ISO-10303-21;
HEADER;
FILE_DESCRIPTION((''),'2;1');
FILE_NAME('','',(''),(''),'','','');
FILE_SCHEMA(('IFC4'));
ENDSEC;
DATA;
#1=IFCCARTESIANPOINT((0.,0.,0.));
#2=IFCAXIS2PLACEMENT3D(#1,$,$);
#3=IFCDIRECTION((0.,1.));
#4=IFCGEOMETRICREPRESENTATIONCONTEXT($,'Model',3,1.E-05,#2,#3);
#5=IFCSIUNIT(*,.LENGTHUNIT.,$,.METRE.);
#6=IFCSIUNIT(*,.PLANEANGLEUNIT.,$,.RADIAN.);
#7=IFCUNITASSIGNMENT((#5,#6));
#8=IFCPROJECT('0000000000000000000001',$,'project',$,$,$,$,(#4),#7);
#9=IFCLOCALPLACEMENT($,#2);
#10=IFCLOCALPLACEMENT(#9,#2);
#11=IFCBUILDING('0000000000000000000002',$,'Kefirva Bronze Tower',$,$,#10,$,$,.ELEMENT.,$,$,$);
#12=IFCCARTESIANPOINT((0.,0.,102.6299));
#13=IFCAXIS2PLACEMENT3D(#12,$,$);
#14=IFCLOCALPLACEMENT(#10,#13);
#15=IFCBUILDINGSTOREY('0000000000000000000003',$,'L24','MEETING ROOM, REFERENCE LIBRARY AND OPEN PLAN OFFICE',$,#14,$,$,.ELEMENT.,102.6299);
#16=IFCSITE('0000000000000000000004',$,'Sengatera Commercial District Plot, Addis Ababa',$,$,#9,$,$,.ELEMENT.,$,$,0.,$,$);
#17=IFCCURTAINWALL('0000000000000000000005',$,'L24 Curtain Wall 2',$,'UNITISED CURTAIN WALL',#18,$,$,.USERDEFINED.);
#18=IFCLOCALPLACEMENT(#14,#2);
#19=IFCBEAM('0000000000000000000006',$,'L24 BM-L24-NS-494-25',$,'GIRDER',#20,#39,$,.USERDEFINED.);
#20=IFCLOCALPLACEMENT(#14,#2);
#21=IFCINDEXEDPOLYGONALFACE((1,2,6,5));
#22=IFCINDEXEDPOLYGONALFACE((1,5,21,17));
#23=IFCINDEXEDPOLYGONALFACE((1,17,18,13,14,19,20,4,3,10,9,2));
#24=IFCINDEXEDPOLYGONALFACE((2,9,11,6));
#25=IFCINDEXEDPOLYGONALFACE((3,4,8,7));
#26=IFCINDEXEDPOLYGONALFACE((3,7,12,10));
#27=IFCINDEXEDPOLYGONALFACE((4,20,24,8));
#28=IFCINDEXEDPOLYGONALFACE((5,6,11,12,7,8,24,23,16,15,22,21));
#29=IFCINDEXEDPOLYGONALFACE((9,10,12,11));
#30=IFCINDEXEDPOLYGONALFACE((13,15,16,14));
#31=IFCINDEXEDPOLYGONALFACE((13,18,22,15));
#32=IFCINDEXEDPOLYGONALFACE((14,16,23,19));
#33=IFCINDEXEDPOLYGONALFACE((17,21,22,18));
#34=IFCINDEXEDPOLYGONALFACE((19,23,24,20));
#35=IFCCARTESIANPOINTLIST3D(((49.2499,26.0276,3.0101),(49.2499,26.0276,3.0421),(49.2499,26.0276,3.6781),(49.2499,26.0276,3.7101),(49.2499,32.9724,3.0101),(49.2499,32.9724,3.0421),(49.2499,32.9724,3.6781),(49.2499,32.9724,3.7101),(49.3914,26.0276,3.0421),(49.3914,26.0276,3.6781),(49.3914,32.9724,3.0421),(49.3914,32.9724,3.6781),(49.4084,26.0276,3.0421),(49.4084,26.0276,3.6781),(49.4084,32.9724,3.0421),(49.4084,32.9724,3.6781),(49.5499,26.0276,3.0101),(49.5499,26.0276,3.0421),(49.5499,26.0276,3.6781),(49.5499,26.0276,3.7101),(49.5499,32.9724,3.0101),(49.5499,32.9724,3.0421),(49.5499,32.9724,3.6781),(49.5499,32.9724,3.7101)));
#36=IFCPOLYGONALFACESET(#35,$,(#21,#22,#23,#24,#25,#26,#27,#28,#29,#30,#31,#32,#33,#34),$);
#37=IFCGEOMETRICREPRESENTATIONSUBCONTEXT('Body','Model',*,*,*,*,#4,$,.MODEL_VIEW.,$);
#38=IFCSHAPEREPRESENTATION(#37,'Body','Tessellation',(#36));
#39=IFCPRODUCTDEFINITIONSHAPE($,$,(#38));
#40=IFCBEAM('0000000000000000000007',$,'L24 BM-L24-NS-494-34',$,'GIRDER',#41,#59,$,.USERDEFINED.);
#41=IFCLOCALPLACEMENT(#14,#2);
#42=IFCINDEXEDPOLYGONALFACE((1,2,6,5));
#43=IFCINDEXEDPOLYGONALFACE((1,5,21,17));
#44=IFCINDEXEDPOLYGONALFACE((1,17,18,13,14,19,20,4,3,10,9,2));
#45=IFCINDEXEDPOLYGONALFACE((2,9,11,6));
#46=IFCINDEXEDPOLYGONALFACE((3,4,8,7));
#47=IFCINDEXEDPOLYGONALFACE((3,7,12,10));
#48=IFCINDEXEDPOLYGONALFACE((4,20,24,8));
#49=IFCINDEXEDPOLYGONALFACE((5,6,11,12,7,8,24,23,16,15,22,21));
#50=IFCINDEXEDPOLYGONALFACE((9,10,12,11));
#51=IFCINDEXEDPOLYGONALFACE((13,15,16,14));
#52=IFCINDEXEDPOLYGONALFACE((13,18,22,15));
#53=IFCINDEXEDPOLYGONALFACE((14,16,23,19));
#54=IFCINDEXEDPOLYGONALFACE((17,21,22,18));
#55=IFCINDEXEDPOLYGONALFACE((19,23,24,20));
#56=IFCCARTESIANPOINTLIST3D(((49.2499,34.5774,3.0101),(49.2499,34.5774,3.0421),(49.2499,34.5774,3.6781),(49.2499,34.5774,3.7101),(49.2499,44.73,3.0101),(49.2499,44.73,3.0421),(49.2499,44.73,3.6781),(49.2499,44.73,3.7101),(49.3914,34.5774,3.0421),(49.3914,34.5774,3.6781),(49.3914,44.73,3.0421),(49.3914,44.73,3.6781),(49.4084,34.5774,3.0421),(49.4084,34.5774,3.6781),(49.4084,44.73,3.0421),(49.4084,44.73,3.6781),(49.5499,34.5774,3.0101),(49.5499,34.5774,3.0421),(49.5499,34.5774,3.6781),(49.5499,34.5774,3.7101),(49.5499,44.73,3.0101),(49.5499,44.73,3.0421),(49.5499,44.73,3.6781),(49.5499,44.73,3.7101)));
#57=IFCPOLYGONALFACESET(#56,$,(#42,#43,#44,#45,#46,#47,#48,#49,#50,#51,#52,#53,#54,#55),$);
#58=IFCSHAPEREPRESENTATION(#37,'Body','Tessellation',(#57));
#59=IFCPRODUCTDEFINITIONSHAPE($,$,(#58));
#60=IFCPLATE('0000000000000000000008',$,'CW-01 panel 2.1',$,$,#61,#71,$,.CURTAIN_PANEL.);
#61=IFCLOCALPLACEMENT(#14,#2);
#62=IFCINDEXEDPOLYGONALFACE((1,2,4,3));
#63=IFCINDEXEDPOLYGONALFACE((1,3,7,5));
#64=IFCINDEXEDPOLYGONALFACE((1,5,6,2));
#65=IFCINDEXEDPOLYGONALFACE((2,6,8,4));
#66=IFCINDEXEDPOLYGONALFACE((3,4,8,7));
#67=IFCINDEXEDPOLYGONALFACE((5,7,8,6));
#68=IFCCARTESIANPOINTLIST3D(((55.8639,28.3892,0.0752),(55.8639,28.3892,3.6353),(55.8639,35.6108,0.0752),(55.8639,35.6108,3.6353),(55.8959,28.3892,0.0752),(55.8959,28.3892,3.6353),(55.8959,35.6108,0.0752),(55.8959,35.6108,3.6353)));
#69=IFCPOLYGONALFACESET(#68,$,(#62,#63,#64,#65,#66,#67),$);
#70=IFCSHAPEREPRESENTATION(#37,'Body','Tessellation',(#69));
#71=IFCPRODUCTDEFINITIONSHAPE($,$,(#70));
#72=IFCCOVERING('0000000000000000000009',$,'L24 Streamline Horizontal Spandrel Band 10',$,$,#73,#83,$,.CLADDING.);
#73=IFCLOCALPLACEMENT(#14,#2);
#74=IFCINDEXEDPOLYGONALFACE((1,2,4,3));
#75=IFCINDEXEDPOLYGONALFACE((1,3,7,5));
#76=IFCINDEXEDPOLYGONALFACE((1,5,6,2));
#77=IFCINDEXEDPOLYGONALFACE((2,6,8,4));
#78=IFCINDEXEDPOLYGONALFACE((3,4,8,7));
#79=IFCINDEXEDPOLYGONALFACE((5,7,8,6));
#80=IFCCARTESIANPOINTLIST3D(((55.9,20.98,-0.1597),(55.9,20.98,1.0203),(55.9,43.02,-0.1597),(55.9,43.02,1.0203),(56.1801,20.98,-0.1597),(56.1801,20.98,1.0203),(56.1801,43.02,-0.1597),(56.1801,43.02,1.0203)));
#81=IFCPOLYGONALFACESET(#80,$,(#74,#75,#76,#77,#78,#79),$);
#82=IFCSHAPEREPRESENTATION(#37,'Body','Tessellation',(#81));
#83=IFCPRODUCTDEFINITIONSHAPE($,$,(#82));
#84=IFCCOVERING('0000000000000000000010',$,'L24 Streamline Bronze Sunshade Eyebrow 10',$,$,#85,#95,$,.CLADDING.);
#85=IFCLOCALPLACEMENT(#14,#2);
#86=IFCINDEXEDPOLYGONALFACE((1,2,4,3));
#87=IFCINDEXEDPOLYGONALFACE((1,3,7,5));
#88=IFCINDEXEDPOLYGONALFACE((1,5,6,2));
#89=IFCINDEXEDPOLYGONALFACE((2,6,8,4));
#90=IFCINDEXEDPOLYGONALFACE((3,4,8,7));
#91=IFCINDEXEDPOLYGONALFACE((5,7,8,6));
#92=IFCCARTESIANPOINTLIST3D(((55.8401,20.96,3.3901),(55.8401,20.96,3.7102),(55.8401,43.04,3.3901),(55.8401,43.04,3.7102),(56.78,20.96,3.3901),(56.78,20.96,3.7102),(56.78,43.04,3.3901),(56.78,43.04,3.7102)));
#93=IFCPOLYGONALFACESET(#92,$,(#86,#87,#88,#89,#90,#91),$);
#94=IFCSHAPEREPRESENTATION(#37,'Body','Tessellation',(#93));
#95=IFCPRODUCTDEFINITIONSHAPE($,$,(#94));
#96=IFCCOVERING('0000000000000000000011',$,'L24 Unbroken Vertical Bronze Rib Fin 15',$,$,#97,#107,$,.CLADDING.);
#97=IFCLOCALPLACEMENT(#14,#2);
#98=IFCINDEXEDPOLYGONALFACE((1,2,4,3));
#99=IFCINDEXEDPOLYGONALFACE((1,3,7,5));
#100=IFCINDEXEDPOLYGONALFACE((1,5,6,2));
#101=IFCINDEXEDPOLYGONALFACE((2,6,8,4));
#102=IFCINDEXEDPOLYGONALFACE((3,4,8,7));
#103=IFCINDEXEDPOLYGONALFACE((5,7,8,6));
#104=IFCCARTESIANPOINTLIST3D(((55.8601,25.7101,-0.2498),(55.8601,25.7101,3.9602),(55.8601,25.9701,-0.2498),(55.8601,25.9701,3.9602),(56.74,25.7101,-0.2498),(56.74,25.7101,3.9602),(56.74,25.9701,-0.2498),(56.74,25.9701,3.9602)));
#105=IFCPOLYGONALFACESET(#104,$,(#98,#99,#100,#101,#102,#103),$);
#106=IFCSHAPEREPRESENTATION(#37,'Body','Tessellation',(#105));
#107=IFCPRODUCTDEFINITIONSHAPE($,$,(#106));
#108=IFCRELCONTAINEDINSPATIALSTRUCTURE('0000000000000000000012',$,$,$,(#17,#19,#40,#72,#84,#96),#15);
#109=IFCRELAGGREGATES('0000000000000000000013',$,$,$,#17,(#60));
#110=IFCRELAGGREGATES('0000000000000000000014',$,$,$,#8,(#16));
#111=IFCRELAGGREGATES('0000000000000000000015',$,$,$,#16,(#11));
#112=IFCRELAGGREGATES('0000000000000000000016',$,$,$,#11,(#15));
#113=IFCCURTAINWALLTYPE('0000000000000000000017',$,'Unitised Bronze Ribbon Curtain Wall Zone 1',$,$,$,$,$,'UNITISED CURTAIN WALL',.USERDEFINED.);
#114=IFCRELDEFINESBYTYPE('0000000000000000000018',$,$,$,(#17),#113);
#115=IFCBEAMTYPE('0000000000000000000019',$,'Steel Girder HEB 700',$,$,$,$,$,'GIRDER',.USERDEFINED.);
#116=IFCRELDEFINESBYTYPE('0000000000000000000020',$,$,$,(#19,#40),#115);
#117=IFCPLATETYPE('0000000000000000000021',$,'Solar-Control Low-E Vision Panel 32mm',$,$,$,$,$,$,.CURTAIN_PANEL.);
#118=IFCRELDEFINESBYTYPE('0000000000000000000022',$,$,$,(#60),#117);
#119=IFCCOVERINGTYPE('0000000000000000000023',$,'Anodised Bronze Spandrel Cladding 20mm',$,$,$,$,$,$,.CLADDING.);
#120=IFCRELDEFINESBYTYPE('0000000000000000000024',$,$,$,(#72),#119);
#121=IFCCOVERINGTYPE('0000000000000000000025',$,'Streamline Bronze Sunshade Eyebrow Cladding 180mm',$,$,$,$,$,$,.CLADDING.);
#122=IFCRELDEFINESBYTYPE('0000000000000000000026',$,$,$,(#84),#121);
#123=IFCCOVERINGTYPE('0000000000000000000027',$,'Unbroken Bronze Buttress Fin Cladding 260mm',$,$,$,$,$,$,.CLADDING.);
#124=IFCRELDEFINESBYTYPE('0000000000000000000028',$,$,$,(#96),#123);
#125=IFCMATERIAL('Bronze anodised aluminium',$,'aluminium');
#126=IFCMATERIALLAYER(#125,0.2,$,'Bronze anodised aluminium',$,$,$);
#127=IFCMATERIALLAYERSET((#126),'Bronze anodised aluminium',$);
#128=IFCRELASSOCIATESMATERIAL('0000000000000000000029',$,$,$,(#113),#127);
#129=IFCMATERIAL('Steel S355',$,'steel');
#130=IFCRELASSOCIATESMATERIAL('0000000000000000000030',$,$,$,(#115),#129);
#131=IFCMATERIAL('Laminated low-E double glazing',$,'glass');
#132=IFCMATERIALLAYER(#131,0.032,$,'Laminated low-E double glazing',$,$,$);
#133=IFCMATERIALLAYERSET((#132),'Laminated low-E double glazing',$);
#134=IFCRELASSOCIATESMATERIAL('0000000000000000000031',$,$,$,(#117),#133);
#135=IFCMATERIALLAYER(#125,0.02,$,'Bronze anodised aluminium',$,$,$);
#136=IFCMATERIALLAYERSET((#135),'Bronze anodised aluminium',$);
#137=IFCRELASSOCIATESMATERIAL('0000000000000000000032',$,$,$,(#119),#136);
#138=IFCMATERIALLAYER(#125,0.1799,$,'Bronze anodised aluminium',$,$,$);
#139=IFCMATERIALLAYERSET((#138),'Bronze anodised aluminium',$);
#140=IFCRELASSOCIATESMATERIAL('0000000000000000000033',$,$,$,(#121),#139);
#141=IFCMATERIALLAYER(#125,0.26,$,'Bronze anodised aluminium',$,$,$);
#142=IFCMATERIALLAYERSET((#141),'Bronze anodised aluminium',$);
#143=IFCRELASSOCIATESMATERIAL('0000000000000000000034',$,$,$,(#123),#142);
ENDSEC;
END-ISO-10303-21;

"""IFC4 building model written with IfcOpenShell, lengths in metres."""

from ifc_helpers import new_model, si_unit, direction, frame, origin, origin_2d, place, context, subcontext, project, spatial, rectangle, i_section, extrude, material, layer, layer_set, material_profile, profile_set, type_object, element, aggregate, save


model = new_model("IFC4")

# Units and contexts
model_context = context("Model", 3, precision=1e-05, world=origin(), true_north=direction((0.0, 1.0)))
body_context = subcontext(model_context, "Body", "Model", "MODEL_VIEW")
ifc_project = project(units=[si_unit("LENGTHUNIT", "METRE"), si_unit("PLANEANGLEUNIT", "RADIAN")], contexts=[model_context])

# Site, building, storey
site_placement = place(None, origin())
site = spatial("IfcSite", under=ifc_project, at=site_placement, Name="Sengatera Commercial District Plot, Addis Ababa", CompositionType="ELEMENT", RefElevation=0.0)
building_placement = place(site_placement, origin())
building = spatial("IfcBuilding", under=site, at=building_placement, Name="Kefirva Bronze Tower", CompositionType="ELEMENT")
storey_placement = place(building_placement, frame((0.0, 0.0, 102.6299)))
storey = spatial("IfcBuildingStorey", under=building, at=storey_placement, Name="L24", Description="MEETING ROOM, REFERENCE LIBRARY AND OPEN PLAN OFFICE", CompositionType="ELEMENT", Elevation=102.6299)

# Curtain wall
ifc_material_1 = material(Name="Bronze anodised aluminium", Category="aluminium")
ifc_layer_1 = layer(ifc_material_1, 0.2, Name="Bronze anodised aluminium")
ifc_layer_set_1 = layer_set([ifc_layer_1], Name="Bronze anodised aluminium")
curtain_wall_type = type_object("IfcCurtainWallType", Name="Unitised Bronze Ribbon Curtain Wall Zone 1", ElementType="UNITISED CURTAIN WALL", PredefinedType="USERDEFINED", material=ifc_layer_set_1)
curtain_wall_placement = place(storey_placement, origin())
curtain_wall = element("IfcCurtainWall", 1, at=curtain_wall_placement, inside=storey, type_object=curtain_wall_type, Name="L24 Curtain Wall 2", ObjectType="UNITISED CURTAIN WALL", PredefinedType="USERDEFINED")

# Beams
ifc_material_2 = material(Name="Steel S355", Category="steel")
ifc_material_profile_1 = material_profile(ifc_material_2, i_section(OverallWidth=0.3, OverallDepth=0.7, WebThickness=0.0171, FlangeThickness=0.032, at=origin_2d()), Name="HEB 700")
ifc_profile_set_1 = profile_set([ifc_material_profile_1], Name="Steel S355")
beam_type_1 = type_object("IfcBeamType", Name="Steel Girder HEB 700", ElementType="GIRDER", PredefinedType="USERDEFINED", material=ifc_profile_set_1)
beam_1_placement = place(storey_placement, frame((49.3999, 26.0276, 3.3601), z_axis=(0.0, 1.0, 0.0), x_axis=(-1.0, 0.0, 0.0)))
element("IfcBeam", 2, at=beam_1_placement, inside=storey, type_object=beam_type_1, Name="L24 BM-L24-NS-494-25", ObjectType="GIRDER", PredefinedType="USERDEFINED", context=body_context, shape_type="SweptSolid", body=[
    extrude(i_section(OverallWidth=0.3, OverallDepth=0.7, WebThickness=0.0171, FlangeThickness=0.032, at=origin_2d()), origin(), (0.0, 0.0, 1.0), 6.9448),
])
beam_2_placement = place(storey_placement, frame((49.3999, 34.5774, 3.3601), z_axis=(0.0, 1.0, 0.0), x_axis=(-1.0, 0.0, 0.0)))
element("IfcBeam", 3, at=beam_2_placement, inside=storey, type_object=beam_type_1, Name="L24 BM-L24-NS-494-34", ObjectType="GIRDER", PredefinedType="USERDEFINED", context=body_context, shape_type="SweptSolid", body=[
    extrude(i_section(OverallWidth=0.3, OverallDepth=0.7, WebThickness=0.0171, FlangeThickness=0.032, at=origin_2d()), origin(), (0.0, 0.0, 1.0), 10.1526),
])

# Plate
ifc_material_3 = material(Name="Laminated low-E double glazing", Category="glass")
ifc_layer_2 = layer(ifc_material_3, 0.032, Name="Laminated low-E double glazing")
ifc_layer_set_2 = layer_set([ifc_layer_2], Name="Laminated low-E double glazing")
plate_type = type_object("IfcPlateType", Name="Solar-Control Low-E Vision Panel 32mm", PredefinedType="CURTAIN_PANEL", material=ifc_layer_set_2)
plate_placement = place(storey_placement, frame((55.8799, 32.0, 0.0752), z_axis=(0.0, 0.0, 1.0), x_axis=(0.0, 1.0, 0.0)))
plate = element("IfcPlate", 4, at=plate_placement, type_object=plate_type, Name="CW-01 panel 2.1", PredefinedType="CURTAIN_PANEL", context=body_context, shape_type="SweptSolid", body=[
    extrude(rectangle(XDim=7.2217, YDim=0.032, at=origin_2d()), origin(), (0.0, 0.0, 1.0), 3.5601),
])
aggregate(curtain_wall, [plate])

# Coverings
ifc_layer_3 = layer(ifc_material_1, 0.02, Name="Bronze anodised aluminium")
ifc_layer_set_3 = layer_set([ifc_layer_3], Name="Bronze anodised aluminium")
covering_type_1 = type_object("IfcCoveringType", Name="Anodised Bronze Spandrel Cladding 20mm", PredefinedType="CLADDING", material=ifc_layer_set_3)
covering_1_placement = place(storey_placement, frame((56.04, 32.0, -0.1597), z_axis=(0.0, 0.0, 1.0), x_axis=(0.0, 1.0, 0.0)))
element("IfcCovering", 5, at=covering_1_placement, inside=storey, type_object=covering_type_1, Name="L24 Streamline Horizontal Spandrel Band 10", PredefinedType="CLADDING", context=body_context, shape_type="SweptSolid", body=[
    extrude(rectangle(XDim=22.04, YDim=0.28, at=origin_2d()), origin(), (0.0, 0.0, 1.0), 1.1799),
])
ifc_layer_4 = layer(ifc_material_1, 0.1799, Name="Bronze anodised aluminium")
ifc_layer_set_4 = layer_set([ifc_layer_4], Name="Bronze anodised aluminium")
covering_type_2 = type_object("IfcCoveringType", Name="Streamline Bronze Sunshade Eyebrow Cladding 180mm", PredefinedType="CLADDING", material=ifc_layer_set_4)
covering_2_placement = place(storey_placement, frame((56.3101, 32.0, 3.3901), z_axis=(0.0, 0.0, 1.0), x_axis=(0.0, 1.0, 0.0)))
element("IfcCovering", 6, at=covering_2_placement, inside=storey, type_object=covering_type_2, Name="L24 Streamline Bronze Sunshade Eyebrow 10", PredefinedType="CLADDING", context=body_context, shape_type="SweptSolid", body=[
    extrude(rectangle(XDim=22.0801, YDim=0.9399, at=origin_2d()), origin(), (0.0, 0.0, 1.0), 0.3201),
])
ifc_layer_5 = layer(ifc_material_1, 0.26, Name="Bronze anodised aluminium")
ifc_layer_set_5 = layer_set([ifc_layer_5], Name="Bronze anodised aluminium")
covering_type_3 = type_object("IfcCoveringType", Name="Unbroken Bronze Buttress Fin Cladding 260mm", PredefinedType="CLADDING", material=ifc_layer_set_5)
covering_3_placement = place(storey_placement, frame((56.3, 25.8401, -0.2498), z_axis=(0.0, 0.0, 1.0), x_axis=(0.0, 1.0, 0.0)))
element("IfcCovering", 7, at=covering_3_placement, inside=storey, type_object=covering_type_3, Name="L24 Unbroken Vertical Bronze Rib Fin 15", PredefinedType="CLADDING", context=body_context, shape_type="SweptSolid", body=[
    extrude(rectangle(XDim=0.26, YDim=0.8799, at=origin_2d()), origin(), (0.0, 0.0, 1.0), 4.21),
])

save(model, "model.ifc")
